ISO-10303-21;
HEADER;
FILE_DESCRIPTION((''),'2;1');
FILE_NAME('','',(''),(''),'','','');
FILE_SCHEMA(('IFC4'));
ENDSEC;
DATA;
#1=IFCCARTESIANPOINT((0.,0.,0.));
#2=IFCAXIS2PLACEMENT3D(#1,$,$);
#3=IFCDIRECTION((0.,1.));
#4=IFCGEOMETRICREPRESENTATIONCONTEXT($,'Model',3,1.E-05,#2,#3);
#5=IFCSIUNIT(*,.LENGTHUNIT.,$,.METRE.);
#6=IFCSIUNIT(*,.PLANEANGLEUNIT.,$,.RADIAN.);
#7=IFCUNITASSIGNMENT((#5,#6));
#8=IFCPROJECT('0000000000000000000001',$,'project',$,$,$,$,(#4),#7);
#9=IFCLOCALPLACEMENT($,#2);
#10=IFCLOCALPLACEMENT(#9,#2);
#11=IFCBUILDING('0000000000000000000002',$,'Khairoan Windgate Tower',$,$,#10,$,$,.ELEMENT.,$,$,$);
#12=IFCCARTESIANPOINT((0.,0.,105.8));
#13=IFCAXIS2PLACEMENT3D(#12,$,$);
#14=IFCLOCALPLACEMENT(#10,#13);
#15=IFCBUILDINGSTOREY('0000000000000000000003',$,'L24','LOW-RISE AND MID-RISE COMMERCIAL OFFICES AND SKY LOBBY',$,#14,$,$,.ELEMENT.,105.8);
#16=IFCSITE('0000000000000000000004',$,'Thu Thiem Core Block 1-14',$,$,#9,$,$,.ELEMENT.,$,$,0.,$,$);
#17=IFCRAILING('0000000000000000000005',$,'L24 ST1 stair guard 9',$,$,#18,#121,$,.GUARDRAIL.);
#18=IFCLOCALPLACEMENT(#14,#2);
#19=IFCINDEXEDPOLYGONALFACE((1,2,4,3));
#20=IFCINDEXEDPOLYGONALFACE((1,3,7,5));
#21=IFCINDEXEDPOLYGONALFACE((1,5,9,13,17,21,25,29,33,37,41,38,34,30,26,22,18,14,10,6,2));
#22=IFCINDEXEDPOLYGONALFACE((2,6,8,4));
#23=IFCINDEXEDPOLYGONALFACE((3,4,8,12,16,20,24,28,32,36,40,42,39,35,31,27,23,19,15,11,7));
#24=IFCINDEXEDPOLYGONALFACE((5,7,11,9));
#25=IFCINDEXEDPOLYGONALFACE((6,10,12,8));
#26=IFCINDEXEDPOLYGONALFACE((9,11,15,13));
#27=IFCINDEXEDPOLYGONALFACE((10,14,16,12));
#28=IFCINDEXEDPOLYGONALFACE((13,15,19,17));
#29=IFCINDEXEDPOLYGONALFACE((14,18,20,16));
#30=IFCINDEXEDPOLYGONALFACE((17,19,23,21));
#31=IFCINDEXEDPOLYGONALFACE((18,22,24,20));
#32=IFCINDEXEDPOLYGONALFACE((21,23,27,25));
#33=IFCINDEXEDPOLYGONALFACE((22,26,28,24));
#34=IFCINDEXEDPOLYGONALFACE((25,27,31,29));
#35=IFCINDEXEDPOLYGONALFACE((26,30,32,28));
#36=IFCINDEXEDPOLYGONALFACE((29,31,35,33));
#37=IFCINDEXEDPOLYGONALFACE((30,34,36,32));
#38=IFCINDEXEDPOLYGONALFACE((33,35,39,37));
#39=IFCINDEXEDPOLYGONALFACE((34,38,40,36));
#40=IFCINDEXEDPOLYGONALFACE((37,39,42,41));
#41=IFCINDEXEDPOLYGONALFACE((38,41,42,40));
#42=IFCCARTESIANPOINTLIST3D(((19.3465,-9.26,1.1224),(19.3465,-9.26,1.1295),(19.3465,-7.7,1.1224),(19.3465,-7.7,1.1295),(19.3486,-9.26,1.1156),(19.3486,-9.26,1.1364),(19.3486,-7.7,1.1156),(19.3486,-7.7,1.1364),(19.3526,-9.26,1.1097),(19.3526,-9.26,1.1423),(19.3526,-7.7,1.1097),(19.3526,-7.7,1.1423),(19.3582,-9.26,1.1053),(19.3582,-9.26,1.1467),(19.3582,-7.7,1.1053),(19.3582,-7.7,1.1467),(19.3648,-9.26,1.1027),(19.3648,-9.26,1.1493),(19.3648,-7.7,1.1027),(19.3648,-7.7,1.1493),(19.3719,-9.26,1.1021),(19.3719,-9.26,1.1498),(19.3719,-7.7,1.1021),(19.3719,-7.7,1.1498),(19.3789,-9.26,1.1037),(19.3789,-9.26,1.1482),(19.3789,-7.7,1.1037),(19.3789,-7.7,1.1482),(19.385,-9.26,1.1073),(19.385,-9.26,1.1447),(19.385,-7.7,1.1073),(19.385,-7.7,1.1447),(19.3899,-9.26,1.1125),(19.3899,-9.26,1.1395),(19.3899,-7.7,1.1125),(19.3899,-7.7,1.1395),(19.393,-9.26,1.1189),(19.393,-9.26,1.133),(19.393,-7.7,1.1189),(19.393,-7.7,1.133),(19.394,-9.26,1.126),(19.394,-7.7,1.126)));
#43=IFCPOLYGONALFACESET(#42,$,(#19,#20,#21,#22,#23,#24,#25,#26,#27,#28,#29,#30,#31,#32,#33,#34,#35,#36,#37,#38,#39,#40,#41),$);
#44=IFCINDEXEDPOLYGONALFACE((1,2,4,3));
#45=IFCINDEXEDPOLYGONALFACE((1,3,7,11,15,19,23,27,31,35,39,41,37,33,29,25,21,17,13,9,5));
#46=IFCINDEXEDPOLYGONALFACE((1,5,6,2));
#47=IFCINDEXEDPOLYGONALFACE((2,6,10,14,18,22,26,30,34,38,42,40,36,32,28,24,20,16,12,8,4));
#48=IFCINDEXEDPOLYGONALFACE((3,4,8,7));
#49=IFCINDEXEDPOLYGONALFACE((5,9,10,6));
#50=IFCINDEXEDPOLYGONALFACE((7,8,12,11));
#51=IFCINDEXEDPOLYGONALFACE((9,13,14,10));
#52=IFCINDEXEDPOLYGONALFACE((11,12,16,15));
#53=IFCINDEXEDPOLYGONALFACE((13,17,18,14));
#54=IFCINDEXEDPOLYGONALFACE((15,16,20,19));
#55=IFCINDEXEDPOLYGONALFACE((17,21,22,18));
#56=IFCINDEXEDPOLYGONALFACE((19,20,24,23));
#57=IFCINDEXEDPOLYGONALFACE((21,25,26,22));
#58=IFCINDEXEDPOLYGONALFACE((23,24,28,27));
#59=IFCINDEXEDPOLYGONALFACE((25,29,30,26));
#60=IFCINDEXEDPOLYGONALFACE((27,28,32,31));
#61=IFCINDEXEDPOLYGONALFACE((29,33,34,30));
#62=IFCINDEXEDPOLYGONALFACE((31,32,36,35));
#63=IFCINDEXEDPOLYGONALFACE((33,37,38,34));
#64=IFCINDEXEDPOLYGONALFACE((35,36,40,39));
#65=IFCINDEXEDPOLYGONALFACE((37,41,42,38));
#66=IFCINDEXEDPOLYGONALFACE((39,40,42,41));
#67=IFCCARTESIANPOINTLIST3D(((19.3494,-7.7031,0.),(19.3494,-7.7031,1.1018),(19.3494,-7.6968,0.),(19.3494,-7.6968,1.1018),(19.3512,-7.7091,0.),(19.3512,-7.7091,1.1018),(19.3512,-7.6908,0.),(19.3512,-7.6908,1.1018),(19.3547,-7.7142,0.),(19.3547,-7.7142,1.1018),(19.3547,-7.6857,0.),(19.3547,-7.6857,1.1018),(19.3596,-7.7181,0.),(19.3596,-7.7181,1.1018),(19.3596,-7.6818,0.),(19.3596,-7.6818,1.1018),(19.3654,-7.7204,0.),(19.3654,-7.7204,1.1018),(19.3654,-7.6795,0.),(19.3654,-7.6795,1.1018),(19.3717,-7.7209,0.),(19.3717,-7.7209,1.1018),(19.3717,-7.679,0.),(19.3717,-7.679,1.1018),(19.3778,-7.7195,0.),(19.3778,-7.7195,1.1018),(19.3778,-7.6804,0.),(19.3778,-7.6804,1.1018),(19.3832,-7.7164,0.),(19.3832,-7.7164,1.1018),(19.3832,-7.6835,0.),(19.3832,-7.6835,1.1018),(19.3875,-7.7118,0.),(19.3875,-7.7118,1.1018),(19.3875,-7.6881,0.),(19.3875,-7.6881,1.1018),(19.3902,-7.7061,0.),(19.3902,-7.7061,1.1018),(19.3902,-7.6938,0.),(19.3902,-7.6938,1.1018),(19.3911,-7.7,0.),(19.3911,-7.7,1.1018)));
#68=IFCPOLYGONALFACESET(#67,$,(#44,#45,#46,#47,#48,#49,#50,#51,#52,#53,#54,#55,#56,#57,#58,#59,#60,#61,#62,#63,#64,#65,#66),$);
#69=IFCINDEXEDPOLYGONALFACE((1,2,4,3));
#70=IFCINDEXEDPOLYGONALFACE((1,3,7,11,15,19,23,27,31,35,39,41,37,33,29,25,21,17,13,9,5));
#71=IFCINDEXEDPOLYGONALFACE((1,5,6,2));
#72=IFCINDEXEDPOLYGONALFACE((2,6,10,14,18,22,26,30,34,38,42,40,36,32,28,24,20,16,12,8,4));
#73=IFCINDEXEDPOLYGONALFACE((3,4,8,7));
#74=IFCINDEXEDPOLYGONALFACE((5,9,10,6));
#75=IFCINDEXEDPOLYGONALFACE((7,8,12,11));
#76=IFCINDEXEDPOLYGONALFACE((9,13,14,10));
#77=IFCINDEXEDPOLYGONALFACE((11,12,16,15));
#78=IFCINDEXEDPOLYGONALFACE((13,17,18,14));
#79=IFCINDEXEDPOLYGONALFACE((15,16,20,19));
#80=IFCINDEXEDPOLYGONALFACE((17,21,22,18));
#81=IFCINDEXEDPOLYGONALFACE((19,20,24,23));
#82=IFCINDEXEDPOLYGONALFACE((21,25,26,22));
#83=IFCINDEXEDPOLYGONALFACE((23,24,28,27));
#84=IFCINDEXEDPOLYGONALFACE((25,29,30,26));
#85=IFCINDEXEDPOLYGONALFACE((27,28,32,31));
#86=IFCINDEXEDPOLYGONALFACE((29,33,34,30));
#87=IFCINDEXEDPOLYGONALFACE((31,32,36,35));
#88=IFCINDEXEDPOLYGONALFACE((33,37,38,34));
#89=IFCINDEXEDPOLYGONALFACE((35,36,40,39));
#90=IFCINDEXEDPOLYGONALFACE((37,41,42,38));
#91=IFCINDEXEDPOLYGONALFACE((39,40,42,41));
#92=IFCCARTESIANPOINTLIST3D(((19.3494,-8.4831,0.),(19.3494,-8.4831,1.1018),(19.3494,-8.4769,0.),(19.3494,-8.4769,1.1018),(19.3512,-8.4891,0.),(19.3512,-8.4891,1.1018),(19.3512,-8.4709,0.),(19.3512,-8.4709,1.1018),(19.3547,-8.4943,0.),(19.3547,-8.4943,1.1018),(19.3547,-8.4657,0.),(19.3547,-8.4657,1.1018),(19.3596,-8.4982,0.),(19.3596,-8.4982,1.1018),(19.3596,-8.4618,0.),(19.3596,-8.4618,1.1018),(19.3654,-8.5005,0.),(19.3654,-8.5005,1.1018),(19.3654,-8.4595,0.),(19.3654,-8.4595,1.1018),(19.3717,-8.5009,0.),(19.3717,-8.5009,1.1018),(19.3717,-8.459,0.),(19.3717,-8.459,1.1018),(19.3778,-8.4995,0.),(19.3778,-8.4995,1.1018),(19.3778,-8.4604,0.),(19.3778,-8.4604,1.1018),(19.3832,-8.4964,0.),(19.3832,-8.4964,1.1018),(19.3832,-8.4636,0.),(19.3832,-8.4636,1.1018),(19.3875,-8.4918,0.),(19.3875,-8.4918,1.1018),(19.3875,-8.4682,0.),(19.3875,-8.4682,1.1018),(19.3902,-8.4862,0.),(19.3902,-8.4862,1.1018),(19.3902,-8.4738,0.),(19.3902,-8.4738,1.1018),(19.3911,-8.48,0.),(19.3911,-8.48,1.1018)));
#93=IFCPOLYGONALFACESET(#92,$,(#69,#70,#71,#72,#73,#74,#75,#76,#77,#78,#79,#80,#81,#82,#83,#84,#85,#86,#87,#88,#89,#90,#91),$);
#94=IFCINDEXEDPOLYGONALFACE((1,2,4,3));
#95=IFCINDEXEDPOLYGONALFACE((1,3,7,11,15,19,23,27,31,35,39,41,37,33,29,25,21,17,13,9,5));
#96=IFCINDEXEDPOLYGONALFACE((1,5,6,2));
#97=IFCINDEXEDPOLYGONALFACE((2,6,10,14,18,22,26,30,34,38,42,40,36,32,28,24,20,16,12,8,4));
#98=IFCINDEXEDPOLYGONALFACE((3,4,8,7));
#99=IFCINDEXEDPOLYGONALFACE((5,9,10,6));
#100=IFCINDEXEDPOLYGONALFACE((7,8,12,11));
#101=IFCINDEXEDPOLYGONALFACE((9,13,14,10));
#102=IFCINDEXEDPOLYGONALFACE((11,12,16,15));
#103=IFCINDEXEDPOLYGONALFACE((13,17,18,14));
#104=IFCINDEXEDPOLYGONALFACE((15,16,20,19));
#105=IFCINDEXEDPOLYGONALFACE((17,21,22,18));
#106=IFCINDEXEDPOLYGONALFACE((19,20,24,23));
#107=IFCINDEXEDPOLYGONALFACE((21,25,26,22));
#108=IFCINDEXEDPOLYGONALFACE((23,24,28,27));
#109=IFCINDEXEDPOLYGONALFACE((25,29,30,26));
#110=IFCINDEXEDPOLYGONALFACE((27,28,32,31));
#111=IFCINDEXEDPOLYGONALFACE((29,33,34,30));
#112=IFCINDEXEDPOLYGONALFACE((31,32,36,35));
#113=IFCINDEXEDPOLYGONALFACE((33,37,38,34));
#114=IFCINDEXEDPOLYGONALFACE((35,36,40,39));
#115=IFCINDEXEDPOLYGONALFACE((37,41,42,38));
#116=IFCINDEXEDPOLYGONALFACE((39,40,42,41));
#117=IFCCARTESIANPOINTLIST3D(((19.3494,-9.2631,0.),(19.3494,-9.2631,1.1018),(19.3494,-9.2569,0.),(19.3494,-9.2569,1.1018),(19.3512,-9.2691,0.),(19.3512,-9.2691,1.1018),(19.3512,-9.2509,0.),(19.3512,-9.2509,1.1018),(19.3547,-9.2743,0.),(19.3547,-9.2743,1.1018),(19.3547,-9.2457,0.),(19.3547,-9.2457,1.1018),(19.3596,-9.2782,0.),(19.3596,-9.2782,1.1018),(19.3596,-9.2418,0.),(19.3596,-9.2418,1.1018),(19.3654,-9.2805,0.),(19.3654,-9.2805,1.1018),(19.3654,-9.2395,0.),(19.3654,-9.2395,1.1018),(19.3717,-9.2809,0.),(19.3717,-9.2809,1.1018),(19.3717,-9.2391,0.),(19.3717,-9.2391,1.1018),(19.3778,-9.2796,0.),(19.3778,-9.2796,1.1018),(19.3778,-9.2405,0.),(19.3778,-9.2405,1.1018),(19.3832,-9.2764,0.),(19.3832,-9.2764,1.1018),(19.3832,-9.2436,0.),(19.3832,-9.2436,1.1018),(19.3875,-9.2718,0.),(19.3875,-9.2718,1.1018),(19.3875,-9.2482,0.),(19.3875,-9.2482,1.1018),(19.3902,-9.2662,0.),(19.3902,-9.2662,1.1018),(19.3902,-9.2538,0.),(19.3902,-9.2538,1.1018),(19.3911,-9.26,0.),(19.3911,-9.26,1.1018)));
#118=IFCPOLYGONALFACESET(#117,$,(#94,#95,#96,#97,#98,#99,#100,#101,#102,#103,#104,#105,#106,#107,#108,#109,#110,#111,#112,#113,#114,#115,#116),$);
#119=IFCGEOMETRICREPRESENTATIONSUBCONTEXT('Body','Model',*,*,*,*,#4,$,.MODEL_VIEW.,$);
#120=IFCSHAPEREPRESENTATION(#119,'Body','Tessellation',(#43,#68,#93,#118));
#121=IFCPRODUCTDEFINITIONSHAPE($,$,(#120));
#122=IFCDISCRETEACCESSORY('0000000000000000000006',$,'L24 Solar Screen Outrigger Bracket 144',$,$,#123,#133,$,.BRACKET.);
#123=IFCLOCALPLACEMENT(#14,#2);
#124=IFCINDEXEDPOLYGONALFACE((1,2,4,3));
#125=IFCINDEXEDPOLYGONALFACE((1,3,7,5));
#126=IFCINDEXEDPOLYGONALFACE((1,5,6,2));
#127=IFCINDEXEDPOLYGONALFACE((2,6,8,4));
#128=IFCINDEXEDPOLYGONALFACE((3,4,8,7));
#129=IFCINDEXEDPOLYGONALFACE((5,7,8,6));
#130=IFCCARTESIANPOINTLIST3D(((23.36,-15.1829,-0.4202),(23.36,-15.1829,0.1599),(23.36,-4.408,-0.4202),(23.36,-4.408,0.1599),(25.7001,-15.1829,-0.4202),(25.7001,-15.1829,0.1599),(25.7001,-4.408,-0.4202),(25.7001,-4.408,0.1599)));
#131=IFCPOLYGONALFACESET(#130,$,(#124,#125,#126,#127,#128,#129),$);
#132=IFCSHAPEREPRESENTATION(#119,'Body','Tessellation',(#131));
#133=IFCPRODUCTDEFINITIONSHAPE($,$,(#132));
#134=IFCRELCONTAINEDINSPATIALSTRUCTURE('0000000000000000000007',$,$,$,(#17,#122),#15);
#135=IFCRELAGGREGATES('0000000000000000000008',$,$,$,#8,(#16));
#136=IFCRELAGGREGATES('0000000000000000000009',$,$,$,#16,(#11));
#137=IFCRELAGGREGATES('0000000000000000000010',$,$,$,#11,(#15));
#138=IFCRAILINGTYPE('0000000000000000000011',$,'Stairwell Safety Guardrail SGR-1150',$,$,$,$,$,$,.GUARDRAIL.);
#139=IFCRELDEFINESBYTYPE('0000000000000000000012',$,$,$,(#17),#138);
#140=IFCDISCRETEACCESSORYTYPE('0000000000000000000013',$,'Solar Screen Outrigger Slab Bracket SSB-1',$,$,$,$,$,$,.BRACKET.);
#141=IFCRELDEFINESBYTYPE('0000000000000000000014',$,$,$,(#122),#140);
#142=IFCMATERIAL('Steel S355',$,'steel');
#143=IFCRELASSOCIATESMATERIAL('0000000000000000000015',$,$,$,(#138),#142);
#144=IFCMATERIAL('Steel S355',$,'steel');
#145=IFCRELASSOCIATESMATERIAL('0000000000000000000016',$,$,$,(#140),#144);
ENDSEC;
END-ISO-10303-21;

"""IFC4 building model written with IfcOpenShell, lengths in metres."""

from ifc_helpers import new_model, si_unit, direction, frame, origin, origin_2d, place, context, subcontext, project, spatial, rectangle, circle, extrude, material, type_object, element, save


model = new_model("IFC4")

# Units and contexts
model_context = context("Model", 3, precision=1e-05, world=origin(), true_north=direction((0.0, 1.0)))
body_context = subcontext(model_context, "Body", "Model", "MODEL_VIEW")
ifc_project = project(units=[si_unit("LENGTHUNIT", "METRE"), si_unit("PLANEANGLEUNIT", "RADIAN")], contexts=[model_context])

# Site, building, storey
site_placement = place(None, origin())
site = spatial("IfcSite", under=ifc_project, at=site_placement, Name="Thu Thiem Core Block 1-14", CompositionType="ELEMENT", RefElevation=0.0)
building_placement = place(site_placement, origin())
building = spatial("IfcBuilding", under=site, at=building_placement, Name="Khairoan Windgate Tower", CompositionType="ELEMENT")
storey_placement = place(building_placement, frame((0.0, 0.0, 105.8)))
storey = spatial("IfcBuildingStorey", under=building, at=storey_placement, Name="L24", Description="LOW-RISE AND MID-RISE COMMERCIAL OFFICES AND SKY LOBBY", CompositionType="ELEMENT", Elevation=105.8)

# Railing
ifc_material_1 = material(Name="Steel S355", Category="steel")
railing_type_1 = type_object("IfcRailingType", Name="Stairwell Safety Guardrail SGR-1150", PredefinedType="GUARDRAIL", material=ifc_material_1)
for number, where, name in (
    (1, (19.3701, -7.7, 0.0), "L24 ST1 stair guard 9"),
):
    element("IfcRailing", number, at=place(storey_placement, frame(where)), inside=storey, type_object=railing_type_1, Name=name, PredefinedType="GUARDRAIL", context=body_context, shape_type="SweptSolid", body=[
        extrude(circle(Radius=0.0239, at=origin_2d()), frame((0.0, 0.0, 1.126), z_axis=(0.0, -1.0, 0.0), x_axis=(1.0, 0.0, 0.0)), (0.0, 0.0, 1.0), 1.5601),
        extrude(circle(Radius=0.021, at=origin_2d()), origin(), (0.0, 0.0, 1.0), 1.1018),
        extrude(circle(Radius=0.021, at=origin_2d()), frame((0.0, -0.78, 0.0)), (0.0, 0.0, 1.0), 1.1018),
        extrude(circle(Radius=0.021, at=origin_2d()), frame((0.0, -1.5601, 0.0)), (0.0, 0.0, 1.0), 1.1018),
    ])

# Discrete accessory
ifc_material_2 = material(Name="Steel S355", Category="steel")
discrete_accessory_type = type_object("IfcDiscreteAccessoryType", Name="Solar Screen Outrigger Slab Bracket SSB-1", PredefinedType="BRACKET", material=ifc_material_2)
discrete_accessory_placement = place(storey_placement, frame((24.53, -9.7954, -0.4202), z_axis=(0.0, 0.0, 1.0), x_axis=(0.0, -1.0, 0.0)))
element("IfcDiscreteAccessory", 2, at=discrete_accessory_placement, inside=storey, type_object=discrete_accessory_type, Name="L24 Solar Screen Outrigger Bracket 144", PredefinedType="BRACKET", context=body_context, shape_type="SweptSolid", body=[
    extrude(rectangle(XDim=10.7749, YDim=2.3401, at=origin_2d()), origin(), (0.0, 0.0, 1.0), 0.5801),
])

save(model, "model.ifc")
